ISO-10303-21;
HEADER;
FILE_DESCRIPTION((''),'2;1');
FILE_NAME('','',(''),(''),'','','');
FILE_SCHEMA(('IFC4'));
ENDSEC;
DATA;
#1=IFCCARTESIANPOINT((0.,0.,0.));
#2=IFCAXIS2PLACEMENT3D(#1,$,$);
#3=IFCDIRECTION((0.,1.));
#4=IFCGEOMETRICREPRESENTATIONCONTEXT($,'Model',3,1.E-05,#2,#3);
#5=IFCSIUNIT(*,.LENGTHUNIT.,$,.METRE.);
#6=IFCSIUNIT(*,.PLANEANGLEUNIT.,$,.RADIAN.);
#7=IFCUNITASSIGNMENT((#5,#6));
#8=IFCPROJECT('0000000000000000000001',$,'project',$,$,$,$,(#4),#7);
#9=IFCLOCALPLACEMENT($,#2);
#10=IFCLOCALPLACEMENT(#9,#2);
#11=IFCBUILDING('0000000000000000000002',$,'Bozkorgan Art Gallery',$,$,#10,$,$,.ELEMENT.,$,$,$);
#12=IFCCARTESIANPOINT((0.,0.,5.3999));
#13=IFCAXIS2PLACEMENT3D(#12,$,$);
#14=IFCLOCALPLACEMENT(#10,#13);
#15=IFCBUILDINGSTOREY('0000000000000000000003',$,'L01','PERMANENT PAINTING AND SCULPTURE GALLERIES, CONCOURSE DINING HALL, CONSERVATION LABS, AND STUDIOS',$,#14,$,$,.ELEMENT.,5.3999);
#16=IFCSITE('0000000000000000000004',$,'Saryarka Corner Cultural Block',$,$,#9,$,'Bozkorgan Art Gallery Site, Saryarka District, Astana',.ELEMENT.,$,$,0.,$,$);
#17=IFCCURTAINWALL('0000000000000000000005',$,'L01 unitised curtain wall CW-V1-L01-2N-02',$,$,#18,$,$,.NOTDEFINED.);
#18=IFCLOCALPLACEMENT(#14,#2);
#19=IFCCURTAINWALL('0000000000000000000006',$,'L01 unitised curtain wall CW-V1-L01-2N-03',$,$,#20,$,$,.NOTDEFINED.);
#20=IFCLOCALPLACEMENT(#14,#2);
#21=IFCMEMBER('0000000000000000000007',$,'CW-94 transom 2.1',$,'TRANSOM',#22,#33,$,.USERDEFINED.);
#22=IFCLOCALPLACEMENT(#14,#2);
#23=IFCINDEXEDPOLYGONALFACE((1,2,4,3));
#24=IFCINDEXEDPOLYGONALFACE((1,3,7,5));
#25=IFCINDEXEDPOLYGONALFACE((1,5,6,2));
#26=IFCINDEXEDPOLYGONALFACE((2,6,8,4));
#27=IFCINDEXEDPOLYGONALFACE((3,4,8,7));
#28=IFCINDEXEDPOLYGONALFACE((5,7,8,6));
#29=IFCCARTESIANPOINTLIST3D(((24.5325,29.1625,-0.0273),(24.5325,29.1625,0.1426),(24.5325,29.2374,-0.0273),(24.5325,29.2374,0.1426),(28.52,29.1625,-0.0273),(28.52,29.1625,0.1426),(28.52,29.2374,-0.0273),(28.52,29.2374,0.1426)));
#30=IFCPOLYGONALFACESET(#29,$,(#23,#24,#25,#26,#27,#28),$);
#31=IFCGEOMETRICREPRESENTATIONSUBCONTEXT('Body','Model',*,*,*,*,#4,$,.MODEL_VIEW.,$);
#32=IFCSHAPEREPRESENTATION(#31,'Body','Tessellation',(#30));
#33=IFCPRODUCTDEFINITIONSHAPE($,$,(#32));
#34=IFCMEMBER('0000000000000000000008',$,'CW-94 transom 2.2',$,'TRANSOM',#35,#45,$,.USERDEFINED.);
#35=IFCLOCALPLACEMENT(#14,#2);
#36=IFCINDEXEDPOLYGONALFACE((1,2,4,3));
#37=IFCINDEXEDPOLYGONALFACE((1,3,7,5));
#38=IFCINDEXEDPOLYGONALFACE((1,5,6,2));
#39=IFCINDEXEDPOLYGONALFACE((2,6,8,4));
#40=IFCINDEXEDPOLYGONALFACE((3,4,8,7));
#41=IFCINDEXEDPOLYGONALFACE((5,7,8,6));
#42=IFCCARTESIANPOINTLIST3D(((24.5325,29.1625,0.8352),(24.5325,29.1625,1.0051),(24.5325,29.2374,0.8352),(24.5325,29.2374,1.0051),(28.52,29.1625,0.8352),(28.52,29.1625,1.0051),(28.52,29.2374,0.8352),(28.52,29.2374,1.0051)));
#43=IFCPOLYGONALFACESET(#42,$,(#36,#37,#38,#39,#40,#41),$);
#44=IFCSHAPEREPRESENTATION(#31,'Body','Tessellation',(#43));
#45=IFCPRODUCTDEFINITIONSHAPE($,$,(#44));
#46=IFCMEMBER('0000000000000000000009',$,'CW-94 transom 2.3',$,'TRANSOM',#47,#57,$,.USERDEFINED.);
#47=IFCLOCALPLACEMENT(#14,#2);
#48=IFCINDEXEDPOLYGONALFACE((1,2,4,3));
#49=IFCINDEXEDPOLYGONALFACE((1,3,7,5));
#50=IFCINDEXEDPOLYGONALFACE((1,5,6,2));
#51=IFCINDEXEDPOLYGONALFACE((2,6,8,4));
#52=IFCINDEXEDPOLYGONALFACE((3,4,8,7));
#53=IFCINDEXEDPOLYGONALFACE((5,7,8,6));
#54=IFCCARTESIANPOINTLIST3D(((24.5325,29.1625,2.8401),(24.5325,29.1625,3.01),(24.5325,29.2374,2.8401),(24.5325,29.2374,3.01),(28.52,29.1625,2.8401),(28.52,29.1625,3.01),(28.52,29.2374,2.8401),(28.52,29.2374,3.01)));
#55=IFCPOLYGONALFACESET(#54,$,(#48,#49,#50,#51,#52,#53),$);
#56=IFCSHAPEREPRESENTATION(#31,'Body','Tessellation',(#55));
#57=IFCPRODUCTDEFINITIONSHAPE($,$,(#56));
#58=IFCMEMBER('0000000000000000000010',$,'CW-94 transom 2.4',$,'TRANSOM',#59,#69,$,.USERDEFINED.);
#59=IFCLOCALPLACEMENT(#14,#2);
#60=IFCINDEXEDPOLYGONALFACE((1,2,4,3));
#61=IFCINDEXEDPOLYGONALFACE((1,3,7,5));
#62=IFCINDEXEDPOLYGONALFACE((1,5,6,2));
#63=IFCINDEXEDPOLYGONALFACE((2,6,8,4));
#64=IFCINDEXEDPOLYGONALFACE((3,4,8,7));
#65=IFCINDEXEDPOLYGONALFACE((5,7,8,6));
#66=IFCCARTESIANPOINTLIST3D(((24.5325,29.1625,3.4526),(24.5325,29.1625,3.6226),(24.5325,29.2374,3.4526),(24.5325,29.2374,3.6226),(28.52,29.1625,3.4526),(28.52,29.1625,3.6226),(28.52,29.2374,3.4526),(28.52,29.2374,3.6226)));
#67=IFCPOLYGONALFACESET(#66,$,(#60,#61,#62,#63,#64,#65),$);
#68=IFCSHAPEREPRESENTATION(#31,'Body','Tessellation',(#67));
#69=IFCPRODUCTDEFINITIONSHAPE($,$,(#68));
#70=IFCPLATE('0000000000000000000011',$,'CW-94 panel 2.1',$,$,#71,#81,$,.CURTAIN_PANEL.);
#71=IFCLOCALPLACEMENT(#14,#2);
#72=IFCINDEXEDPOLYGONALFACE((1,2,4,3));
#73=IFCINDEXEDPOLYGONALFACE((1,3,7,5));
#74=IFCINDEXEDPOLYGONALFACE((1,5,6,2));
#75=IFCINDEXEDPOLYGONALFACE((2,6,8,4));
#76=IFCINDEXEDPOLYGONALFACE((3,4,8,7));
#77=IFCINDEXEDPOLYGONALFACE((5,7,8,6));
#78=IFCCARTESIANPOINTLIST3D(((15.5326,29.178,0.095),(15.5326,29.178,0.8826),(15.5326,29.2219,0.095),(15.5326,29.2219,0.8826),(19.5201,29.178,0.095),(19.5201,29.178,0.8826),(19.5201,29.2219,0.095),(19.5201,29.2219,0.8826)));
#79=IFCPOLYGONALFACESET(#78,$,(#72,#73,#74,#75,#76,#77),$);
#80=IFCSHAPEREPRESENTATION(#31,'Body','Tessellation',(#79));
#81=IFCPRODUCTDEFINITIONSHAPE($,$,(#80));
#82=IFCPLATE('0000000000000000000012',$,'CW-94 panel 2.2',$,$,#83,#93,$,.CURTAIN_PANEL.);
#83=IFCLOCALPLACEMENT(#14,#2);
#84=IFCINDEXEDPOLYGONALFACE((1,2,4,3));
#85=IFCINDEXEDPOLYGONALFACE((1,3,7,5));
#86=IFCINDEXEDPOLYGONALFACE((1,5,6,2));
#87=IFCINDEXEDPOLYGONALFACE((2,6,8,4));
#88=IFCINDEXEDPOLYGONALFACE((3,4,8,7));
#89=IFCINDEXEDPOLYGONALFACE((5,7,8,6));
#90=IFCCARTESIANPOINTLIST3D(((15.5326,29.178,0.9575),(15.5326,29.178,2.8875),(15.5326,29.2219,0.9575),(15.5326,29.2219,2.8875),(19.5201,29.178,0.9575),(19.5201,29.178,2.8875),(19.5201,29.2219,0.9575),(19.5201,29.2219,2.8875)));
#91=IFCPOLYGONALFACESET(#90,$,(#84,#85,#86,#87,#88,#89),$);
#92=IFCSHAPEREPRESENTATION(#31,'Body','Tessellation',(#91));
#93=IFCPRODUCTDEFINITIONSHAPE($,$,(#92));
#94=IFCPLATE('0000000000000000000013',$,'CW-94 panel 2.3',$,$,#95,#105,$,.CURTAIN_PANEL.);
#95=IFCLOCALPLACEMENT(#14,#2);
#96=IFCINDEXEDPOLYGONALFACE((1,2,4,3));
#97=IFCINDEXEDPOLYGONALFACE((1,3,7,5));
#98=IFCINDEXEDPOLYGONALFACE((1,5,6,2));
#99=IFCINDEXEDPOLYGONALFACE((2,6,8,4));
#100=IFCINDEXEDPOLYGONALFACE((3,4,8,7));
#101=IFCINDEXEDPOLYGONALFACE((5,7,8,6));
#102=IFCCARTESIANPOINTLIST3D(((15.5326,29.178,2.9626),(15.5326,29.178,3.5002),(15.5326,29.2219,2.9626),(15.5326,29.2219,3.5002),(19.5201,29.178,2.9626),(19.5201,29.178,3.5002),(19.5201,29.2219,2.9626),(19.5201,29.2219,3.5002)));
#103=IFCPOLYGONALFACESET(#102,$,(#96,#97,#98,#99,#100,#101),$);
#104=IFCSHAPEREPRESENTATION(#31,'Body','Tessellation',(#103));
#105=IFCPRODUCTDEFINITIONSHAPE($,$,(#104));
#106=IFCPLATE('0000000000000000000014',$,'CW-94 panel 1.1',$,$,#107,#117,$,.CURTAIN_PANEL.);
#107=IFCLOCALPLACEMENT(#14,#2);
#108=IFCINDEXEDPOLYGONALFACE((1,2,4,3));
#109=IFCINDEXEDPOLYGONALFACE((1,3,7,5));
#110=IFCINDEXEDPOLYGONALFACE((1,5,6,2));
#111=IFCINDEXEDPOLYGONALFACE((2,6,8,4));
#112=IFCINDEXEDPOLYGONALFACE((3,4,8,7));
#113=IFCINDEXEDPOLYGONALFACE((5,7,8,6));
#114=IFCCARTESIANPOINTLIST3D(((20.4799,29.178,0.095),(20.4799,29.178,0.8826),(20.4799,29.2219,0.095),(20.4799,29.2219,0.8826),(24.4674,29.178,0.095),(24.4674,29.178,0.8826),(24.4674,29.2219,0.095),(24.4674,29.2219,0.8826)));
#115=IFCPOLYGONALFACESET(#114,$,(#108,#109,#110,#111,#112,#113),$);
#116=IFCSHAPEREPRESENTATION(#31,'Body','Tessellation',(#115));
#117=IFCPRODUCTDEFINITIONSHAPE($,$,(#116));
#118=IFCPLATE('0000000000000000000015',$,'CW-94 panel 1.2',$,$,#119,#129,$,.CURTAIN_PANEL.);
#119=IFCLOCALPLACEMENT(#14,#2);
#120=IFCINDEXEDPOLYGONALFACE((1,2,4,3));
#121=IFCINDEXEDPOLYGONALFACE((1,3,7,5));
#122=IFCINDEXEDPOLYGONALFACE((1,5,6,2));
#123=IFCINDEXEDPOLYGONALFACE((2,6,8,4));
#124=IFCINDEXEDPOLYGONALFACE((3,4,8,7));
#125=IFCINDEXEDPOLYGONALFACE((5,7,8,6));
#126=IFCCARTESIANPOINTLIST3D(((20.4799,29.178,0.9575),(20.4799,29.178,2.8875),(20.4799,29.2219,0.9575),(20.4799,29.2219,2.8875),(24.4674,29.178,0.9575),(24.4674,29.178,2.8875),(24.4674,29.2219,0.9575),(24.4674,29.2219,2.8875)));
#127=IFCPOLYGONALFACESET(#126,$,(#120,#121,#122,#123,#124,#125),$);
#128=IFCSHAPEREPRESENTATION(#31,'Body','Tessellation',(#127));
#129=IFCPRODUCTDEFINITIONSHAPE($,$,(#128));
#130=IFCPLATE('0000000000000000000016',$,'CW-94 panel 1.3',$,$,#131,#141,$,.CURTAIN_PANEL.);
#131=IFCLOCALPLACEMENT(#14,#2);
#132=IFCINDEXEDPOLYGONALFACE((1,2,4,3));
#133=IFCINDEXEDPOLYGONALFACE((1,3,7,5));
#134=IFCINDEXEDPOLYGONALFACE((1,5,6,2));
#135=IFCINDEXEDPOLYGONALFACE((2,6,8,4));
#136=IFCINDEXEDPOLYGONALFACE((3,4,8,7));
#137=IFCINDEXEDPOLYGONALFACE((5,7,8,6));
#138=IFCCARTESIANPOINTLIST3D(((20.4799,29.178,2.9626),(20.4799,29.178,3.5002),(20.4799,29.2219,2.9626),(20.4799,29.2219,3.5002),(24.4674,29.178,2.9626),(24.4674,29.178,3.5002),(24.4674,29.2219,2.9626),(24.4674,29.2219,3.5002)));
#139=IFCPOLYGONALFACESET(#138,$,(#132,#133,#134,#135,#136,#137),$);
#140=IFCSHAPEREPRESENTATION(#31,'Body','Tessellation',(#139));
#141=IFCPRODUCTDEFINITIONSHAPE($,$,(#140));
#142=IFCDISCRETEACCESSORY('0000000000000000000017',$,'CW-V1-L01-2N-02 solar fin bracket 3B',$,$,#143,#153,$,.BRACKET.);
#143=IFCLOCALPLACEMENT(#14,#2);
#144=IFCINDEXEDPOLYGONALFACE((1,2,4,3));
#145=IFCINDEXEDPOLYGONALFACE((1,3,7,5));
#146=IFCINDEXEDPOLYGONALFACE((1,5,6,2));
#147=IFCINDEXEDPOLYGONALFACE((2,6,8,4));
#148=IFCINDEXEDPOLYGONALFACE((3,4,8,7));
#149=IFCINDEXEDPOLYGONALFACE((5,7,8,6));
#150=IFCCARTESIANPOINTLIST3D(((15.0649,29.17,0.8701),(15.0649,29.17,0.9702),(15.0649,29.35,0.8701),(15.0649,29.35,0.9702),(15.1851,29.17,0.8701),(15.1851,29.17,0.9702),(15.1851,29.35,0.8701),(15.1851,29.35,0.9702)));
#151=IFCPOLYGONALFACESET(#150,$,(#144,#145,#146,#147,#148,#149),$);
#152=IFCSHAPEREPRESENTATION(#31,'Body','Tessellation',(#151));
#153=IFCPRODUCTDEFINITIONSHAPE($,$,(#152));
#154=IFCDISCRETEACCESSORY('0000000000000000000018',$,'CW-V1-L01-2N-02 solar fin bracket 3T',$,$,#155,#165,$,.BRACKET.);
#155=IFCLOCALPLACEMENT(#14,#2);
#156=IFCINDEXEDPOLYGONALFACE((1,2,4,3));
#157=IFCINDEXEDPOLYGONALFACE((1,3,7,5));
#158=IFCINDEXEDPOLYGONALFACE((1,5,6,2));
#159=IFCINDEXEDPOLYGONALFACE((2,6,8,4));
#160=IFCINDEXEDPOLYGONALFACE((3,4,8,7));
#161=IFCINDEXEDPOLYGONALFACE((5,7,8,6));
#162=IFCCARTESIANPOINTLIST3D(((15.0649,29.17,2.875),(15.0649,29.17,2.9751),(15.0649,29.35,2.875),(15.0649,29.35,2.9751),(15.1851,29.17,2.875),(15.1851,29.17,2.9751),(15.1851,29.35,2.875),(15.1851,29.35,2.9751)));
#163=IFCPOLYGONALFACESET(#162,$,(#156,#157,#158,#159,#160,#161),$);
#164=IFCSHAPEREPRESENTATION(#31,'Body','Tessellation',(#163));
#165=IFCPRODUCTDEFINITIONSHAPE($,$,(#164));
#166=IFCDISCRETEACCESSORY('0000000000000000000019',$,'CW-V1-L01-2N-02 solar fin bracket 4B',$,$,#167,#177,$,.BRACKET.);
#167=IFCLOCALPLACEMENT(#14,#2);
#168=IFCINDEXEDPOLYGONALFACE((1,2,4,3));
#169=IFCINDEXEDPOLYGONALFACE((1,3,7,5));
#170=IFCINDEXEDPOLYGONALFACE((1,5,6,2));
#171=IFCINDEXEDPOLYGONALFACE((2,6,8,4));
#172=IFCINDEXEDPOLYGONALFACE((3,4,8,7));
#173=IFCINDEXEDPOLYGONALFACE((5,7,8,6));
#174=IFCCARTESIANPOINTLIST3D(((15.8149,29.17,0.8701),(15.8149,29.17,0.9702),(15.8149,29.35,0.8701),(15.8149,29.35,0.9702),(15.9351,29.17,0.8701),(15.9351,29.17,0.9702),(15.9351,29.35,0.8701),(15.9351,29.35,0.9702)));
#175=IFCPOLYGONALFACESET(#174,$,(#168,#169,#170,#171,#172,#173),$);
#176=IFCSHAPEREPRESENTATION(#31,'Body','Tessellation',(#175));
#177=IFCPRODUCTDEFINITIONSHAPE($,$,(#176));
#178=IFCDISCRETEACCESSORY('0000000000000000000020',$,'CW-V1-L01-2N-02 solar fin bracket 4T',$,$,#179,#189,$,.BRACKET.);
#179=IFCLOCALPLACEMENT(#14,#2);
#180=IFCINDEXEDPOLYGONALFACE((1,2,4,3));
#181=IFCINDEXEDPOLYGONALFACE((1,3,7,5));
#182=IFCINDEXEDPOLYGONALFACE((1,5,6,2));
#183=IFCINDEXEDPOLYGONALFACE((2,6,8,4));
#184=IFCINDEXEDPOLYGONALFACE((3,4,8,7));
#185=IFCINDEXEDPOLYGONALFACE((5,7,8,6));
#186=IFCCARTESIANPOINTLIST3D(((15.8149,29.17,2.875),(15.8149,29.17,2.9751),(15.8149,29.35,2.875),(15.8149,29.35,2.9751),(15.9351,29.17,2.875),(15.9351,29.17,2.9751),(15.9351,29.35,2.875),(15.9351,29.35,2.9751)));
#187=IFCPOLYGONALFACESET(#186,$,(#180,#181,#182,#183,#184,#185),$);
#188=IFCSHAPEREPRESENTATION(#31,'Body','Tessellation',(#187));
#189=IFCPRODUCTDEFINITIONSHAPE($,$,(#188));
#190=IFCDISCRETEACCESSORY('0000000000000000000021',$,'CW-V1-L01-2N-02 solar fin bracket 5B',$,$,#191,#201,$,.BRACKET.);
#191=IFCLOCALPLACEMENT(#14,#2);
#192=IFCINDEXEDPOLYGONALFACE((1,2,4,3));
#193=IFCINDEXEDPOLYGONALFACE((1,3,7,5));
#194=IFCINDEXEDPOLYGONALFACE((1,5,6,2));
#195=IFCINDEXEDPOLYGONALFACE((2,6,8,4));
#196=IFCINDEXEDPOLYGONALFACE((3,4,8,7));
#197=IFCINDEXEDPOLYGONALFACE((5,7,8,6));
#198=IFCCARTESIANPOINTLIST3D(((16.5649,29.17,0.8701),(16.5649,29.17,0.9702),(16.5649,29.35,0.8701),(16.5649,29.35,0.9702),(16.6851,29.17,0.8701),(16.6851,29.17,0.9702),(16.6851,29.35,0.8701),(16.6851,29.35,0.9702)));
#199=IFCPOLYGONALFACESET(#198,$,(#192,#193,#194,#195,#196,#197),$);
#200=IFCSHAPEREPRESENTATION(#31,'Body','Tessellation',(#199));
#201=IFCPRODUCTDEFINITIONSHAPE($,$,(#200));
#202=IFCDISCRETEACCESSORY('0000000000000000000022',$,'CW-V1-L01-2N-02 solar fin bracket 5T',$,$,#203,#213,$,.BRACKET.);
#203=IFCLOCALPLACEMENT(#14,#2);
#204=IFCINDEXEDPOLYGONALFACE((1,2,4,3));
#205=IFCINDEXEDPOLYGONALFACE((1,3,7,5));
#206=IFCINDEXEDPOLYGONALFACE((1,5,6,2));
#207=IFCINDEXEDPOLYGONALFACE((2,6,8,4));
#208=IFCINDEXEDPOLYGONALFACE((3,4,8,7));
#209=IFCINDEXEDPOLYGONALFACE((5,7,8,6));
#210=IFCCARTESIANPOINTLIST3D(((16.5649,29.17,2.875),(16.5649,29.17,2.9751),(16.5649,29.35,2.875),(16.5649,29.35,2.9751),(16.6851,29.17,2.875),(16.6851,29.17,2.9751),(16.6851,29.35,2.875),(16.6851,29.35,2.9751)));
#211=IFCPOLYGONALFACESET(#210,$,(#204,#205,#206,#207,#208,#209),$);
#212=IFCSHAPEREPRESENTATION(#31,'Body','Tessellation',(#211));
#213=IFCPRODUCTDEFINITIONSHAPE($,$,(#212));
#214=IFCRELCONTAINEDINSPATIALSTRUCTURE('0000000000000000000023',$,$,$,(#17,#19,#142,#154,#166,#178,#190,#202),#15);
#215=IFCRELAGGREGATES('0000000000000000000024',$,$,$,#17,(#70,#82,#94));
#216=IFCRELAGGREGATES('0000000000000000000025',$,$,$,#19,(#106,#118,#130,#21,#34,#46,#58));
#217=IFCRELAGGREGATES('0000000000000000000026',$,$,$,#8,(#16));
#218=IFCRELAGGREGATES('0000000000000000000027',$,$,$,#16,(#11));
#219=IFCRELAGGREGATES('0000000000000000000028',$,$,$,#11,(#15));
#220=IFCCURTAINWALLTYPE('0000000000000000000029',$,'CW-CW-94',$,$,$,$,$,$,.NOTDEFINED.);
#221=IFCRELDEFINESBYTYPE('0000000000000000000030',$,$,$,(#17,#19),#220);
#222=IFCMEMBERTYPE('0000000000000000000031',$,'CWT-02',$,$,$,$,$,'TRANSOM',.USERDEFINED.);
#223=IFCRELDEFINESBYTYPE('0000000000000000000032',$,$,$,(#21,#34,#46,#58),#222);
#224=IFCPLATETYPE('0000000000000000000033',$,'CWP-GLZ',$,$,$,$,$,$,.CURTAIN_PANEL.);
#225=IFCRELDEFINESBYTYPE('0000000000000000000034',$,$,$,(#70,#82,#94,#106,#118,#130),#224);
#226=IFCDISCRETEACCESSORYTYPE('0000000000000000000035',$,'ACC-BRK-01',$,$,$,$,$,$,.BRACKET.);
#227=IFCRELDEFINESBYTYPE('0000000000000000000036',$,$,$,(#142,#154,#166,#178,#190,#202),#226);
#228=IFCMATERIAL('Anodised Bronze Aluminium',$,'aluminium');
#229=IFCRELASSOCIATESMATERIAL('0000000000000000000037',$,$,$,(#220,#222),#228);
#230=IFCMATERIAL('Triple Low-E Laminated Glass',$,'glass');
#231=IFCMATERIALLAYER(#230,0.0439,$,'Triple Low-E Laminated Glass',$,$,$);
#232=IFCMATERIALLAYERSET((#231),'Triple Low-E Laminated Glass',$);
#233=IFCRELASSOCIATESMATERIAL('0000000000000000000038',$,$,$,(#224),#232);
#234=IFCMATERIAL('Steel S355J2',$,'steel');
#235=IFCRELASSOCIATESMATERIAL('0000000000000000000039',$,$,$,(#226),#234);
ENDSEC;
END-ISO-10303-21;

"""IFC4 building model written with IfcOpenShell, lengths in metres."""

from ifc_helpers import new_model, si_unit, direction, frame, origin, origin_2d, place, context, subcontext, project, spatial, rectangle, extrude, material, layer, layer_set, material_profile, profile_set, type_object, element, aggregate, save


model = new_model("IFC4")

# Units and contexts
model_context = context("Model", 3, precision=1e-05, world=origin(), true_north=direction((0.0, 1.0)))
body_context = subcontext(model_context, "Body", "Model", "MODEL_VIEW")
ifc_project = project(units=[si_unit("LENGTHUNIT", "METRE"), si_unit("PLANEANGLEUNIT", "RADIAN")], contexts=[model_context])

# Site, building, storey
site_placement = place(None, origin())
site = spatial("IfcSite", under=ifc_project, at=site_placement, Name="Saryarka Corner Cultural Block", LongName="Bozkorgan Art Gallery Site, Saryarka District, Astana", CompositionType="ELEMENT", RefElevation=0.0)
building_placement = place(site_placement, origin())
building = spatial("IfcBuilding", under=site, at=building_placement, Name="Bozkorgan Art Gallery", CompositionType="ELEMENT")
storey_placement = place(building_placement, frame((0.0, 0.0, 5.3999)))
storey = spatial("IfcBuildingStorey", under=building, at=storey_placement, Name="L01", Description="PERMANENT PAINTING AND SCULPTURE GALLERIES, CONCOURSE DINING HALL, CONSERVATION LABS, AND STUDIOS", CompositionType="ELEMENT", Elevation=5.3999)

# Curtain walls
ifc_material_1 = material(Name="Anodised Bronze Aluminium", Category="aluminium")
curtain_wall_type = type_object("IfcCurtainWallType", Name="CW-CW-94", PredefinedType="NOTDEFINED", material=ifc_material_1)
curtain_wall_1_placement = place(storey_placement, origin())
curtain_wall_1 = element("IfcCurtainWall", 1, at=curtain_wall_1_placement, inside=storey, type_object=curtain_wall_type, Name="L01 unitised curtain wall CW-V1-L01-2N-02", PredefinedType="NOTDEFINED")
curtain_wall_2_placement = place(storey_placement, origin())
curtain_wall_2 = element("IfcCurtainWall", 2, at=curtain_wall_2_placement, inside=storey, type_object=curtain_wall_type, Name="L01 unitised curtain wall CW-V1-L01-2N-03", PredefinedType="NOTDEFINED")

# Members
ifc_material_profile_1 = material_profile(ifc_material_1, rectangle(XDim=0.075, YDim=0.1699, at=origin_2d()), Name="ALU TRANSOM 75x170")
ifc_profile_set_1 = profile_set([ifc_material_profile_1], Name="Anodised Bronze Aluminium")
member_type_1 = type_object("IfcMemberType", Name="CWT-02", ElementType="TRANSOM", PredefinedType="USERDEFINED", material=ifc_profile_set_1)
member_1_placement = place(storey_placement, frame((24.5325, 29.2, 0.0576), z_axis=(1.0, 0.0, 0.0), x_axis=(0.0, 1.0, 0.0)))
member_1 = element("IfcMember", 3, at=member_1_placement, type_object=member_type_1, Name="CW-94 transom 2.1", ObjectType="TRANSOM", PredefinedType="USERDEFINED", context=body_context, shape_type="SweptSolid", body=[
    extrude(rectangle(XDim=0.075, YDim=0.1699, at=origin_2d()), origin(), (0.0, 0.0, 1.0), 3.9875),
])
member_2_placement = place(storey_placement, frame((24.5325, 29.2, 0.9202), z_axis=(1.0, 0.0, 0.0), x_axis=(0.0, 1.0, 0.0)))
member_2 = element("IfcMember", 4, at=member_2_placement, type_object=member_type_1, Name="CW-94 transom 2.2", ObjectType="TRANSOM", PredefinedType="USERDEFINED", context=body_context, shape_type="SweptSolid", body=[
    extrude(rectangle(XDim=0.075, YDim=0.1699, at=origin_2d()), origin(), (0.0, 0.0, 1.0), 3.9875),
])
member_3_placement = place(storey_placement, frame((24.5325, 29.2, 2.925), z_axis=(1.0, 0.0, 0.0), x_axis=(0.0, 1.0, 0.0)))
member_3 = element("IfcMember", 5, at=member_3_placement, type_object=member_type_1, Name="CW-94 transom 2.3", ObjectType="TRANSOM", PredefinedType="USERDEFINED", context=body_context, shape_type="SweptSolid", body=[
    extrude(rectangle(XDim=0.075, YDim=0.1699, at=origin_2d()), origin(), (0.0, 0.0, 1.0), 3.9875),
])
member_4_placement = place(storey_placement, frame((24.5325, 29.2, 3.5376), z_axis=(1.0, 0.0, 0.0), x_axis=(0.0, 1.0, 0.0)))
member_4 = element("IfcMember", 6, at=member_4_placement, type_object=member_type_1, Name="CW-94 transom 2.4", ObjectType="TRANSOM", PredefinedType="USERDEFINED", context=body_context, shape_type="SweptSolid", body=[
    extrude(rectangle(XDim=0.075, YDim=0.1699, at=origin_2d()), origin(), (0.0, 0.0, 1.0), 3.9875),
])

# Plates
ifc_material_2 = material(Name="Triple Low-E Laminated Glass", Category="glass")
ifc_layer = layer(ifc_material_2, 0.0439, Name="Triple Low-E Laminated Glass")
ifc_layer_set = layer_set([ifc_layer], Name="Triple Low-E Laminated Glass")
plate_type = type_object("IfcPlateType", Name="CWP-GLZ", PredefinedType="CURTAIN_PANEL", material=ifc_layer_set)
plate_1_placement = place(storey_placement, frame((17.5264, 29.2, 0.095), z_axis=(0.0, 0.0, 1.0), x_axis=(1.0, 0.0, 0.0)))
plate_1 = element("IfcPlate", 7, at=plate_1_placement, type_object=plate_type, Name="CW-94 panel 2.1", PredefinedType="CURTAIN_PANEL", context=body_context, shape_type="SweptSolid", body=[
    extrude(rectangle(XDim=3.9875, YDim=0.0439, at=origin_2d()), origin(), (0.0, 0.0, 1.0), 0.7876),
])
plate_2_placement = place(storey_placement, frame((17.5264, 29.2, 0.9575), z_axis=(0.0, 0.0, 1.0), x_axis=(1.0, 0.0, 0.0)))
plate_2 = element("IfcPlate", 8, at=plate_2_placement, type_object=plate_type, Name="CW-94 panel 2.2", PredefinedType="CURTAIN_PANEL", context=body_context, shape_type="SweptSolid", body=[
    extrude(rectangle(XDim=3.9875, YDim=0.0439, at=origin_2d()), origin(), (0.0, 0.0, 1.0), 1.9299),
])
plate_3_placement = place(storey_placement, frame((17.5264, 29.2, 2.9626), z_axis=(0.0, 0.0, 1.0), x_axis=(1.0, 0.0, 0.0)))
plate_3 = element("IfcPlate", 9, at=plate_3_placement, type_object=plate_type, Name="CW-94 panel 2.3", PredefinedType="CURTAIN_PANEL", context=body_context, shape_type="SweptSolid", body=[
    extrude(rectangle(XDim=3.9875, YDim=0.0439, at=origin_2d()), origin(), (0.0, 0.0, 1.0), 0.5376),
])
aggregate(curtain_wall_1, [plate_1, plate_2, plate_3])
plate_4_placement = place(storey_placement, frame((22.4736, 29.2, 0.095), z_axis=(0.0, 0.0, 1.0), x_axis=(1.0, 0.0, 0.0)))
plate_4 = element("IfcPlate", 10, at=plate_4_placement, type_object=plate_type, Name="CW-94 panel 1.1", PredefinedType="CURTAIN_PANEL", context=body_context, shape_type="SweptSolid", body=[
    extrude(rectangle(XDim=3.9875, YDim=0.0439, at=origin_2d()), origin(), (0.0, 0.0, 1.0), 0.7876),
])
plate_5_placement = place(storey_placement, frame((22.4736, 29.2, 0.9575), z_axis=(0.0, 0.0, 1.0), x_axis=(1.0, 0.0, 0.0)))
plate_5 = element("IfcPlate", 11, at=plate_5_placement, type_object=plate_type, Name="CW-94 panel 1.2", PredefinedType="CURTAIN_PANEL", context=body_context, shape_type="SweptSolid", body=[
    extrude(rectangle(XDim=3.9875, YDim=0.0439, at=origin_2d()), origin(), (0.0, 0.0, 1.0), 1.9299),
])
plate_6_placement = place(storey_placement, frame((22.4736, 29.2, 2.9626), z_axis=(0.0, 0.0, 1.0), x_axis=(1.0, 0.0, 0.0)))
plate_6 = element("IfcPlate", 12, at=plate_6_placement, type_object=plate_type, Name="CW-94 panel 1.3", PredefinedType="CURTAIN_PANEL", context=body_context, shape_type="SweptSolid", body=[
    extrude(rectangle(XDim=3.9875, YDim=0.0439, at=origin_2d()), origin(), (0.0, 0.0, 1.0), 0.5376),
])
aggregate(curtain_wall_2, [plate_4, plate_5, plate_6, member_1, member_2, member_3, member_4])

# Discrete accessories
ifc_material_3 = material(Name="Steel S355J2", Category="steel")
discrete_accessory_type = type_object("IfcDiscreteAccessoryType", Name="ACC-BRK-01", PredefinedType="BRACKET", material=ifc_material_3)
for number, where, z_axis, x_axis, name in (
    (13, (15.125, 29.26, 0.8701), (0.0, 0.0, 1.0), (0.0, 1.0, 0.0), "CW-V1-L01-2N-02 solar fin bracket 3B"),
    (14, (15.125, 29.26, 2.875), (0.0, 0.0, 1.0), (0.0, 1.0, 0.0), "CW-V1-L01-2N-02 solar fin bracket 3T"),
    (15, (15.875, 29.26, 0.8701), (0.0, 0.0, 1.0), (0.0, 1.0, 0.0), "CW-V1-L01-2N-02 solar fin bracket 4B"),
    (16, (15.875, 29.26, 2.875), (0.0, 0.0, 1.0), (0.0, 1.0, 0.0), "CW-V1-L01-2N-02 solar fin bracket 4T"),
    (17, (16.625, 29.26, 0.8701), (0.0, 0.0, 1.0), (0.0, 1.0, 0.0), "CW-V1-L01-2N-02 solar fin bracket 5B"),
    (18, (16.625, 29.26, 2.875), (0.0, 0.0, 1.0), (0.0, 1.0, 0.0), "CW-V1-L01-2N-02 solar fin bracket 5T"),
):
    element("IfcDiscreteAccessory", number, at=place(storey_placement, frame(where, z_axis=z_axis, x_axis=x_axis)), inside=storey, type_object=discrete_accessory_type, Name=name, PredefinedType="BRACKET", context=body_context, shape_type="SweptSolid", body=[
        extrude(rectangle(XDim=0.1799, YDim=0.1201, at=origin_2d()), origin(), (0.0, 0.0, 1.0), 0.1001),
    ])

save(model, "model.ifc")
